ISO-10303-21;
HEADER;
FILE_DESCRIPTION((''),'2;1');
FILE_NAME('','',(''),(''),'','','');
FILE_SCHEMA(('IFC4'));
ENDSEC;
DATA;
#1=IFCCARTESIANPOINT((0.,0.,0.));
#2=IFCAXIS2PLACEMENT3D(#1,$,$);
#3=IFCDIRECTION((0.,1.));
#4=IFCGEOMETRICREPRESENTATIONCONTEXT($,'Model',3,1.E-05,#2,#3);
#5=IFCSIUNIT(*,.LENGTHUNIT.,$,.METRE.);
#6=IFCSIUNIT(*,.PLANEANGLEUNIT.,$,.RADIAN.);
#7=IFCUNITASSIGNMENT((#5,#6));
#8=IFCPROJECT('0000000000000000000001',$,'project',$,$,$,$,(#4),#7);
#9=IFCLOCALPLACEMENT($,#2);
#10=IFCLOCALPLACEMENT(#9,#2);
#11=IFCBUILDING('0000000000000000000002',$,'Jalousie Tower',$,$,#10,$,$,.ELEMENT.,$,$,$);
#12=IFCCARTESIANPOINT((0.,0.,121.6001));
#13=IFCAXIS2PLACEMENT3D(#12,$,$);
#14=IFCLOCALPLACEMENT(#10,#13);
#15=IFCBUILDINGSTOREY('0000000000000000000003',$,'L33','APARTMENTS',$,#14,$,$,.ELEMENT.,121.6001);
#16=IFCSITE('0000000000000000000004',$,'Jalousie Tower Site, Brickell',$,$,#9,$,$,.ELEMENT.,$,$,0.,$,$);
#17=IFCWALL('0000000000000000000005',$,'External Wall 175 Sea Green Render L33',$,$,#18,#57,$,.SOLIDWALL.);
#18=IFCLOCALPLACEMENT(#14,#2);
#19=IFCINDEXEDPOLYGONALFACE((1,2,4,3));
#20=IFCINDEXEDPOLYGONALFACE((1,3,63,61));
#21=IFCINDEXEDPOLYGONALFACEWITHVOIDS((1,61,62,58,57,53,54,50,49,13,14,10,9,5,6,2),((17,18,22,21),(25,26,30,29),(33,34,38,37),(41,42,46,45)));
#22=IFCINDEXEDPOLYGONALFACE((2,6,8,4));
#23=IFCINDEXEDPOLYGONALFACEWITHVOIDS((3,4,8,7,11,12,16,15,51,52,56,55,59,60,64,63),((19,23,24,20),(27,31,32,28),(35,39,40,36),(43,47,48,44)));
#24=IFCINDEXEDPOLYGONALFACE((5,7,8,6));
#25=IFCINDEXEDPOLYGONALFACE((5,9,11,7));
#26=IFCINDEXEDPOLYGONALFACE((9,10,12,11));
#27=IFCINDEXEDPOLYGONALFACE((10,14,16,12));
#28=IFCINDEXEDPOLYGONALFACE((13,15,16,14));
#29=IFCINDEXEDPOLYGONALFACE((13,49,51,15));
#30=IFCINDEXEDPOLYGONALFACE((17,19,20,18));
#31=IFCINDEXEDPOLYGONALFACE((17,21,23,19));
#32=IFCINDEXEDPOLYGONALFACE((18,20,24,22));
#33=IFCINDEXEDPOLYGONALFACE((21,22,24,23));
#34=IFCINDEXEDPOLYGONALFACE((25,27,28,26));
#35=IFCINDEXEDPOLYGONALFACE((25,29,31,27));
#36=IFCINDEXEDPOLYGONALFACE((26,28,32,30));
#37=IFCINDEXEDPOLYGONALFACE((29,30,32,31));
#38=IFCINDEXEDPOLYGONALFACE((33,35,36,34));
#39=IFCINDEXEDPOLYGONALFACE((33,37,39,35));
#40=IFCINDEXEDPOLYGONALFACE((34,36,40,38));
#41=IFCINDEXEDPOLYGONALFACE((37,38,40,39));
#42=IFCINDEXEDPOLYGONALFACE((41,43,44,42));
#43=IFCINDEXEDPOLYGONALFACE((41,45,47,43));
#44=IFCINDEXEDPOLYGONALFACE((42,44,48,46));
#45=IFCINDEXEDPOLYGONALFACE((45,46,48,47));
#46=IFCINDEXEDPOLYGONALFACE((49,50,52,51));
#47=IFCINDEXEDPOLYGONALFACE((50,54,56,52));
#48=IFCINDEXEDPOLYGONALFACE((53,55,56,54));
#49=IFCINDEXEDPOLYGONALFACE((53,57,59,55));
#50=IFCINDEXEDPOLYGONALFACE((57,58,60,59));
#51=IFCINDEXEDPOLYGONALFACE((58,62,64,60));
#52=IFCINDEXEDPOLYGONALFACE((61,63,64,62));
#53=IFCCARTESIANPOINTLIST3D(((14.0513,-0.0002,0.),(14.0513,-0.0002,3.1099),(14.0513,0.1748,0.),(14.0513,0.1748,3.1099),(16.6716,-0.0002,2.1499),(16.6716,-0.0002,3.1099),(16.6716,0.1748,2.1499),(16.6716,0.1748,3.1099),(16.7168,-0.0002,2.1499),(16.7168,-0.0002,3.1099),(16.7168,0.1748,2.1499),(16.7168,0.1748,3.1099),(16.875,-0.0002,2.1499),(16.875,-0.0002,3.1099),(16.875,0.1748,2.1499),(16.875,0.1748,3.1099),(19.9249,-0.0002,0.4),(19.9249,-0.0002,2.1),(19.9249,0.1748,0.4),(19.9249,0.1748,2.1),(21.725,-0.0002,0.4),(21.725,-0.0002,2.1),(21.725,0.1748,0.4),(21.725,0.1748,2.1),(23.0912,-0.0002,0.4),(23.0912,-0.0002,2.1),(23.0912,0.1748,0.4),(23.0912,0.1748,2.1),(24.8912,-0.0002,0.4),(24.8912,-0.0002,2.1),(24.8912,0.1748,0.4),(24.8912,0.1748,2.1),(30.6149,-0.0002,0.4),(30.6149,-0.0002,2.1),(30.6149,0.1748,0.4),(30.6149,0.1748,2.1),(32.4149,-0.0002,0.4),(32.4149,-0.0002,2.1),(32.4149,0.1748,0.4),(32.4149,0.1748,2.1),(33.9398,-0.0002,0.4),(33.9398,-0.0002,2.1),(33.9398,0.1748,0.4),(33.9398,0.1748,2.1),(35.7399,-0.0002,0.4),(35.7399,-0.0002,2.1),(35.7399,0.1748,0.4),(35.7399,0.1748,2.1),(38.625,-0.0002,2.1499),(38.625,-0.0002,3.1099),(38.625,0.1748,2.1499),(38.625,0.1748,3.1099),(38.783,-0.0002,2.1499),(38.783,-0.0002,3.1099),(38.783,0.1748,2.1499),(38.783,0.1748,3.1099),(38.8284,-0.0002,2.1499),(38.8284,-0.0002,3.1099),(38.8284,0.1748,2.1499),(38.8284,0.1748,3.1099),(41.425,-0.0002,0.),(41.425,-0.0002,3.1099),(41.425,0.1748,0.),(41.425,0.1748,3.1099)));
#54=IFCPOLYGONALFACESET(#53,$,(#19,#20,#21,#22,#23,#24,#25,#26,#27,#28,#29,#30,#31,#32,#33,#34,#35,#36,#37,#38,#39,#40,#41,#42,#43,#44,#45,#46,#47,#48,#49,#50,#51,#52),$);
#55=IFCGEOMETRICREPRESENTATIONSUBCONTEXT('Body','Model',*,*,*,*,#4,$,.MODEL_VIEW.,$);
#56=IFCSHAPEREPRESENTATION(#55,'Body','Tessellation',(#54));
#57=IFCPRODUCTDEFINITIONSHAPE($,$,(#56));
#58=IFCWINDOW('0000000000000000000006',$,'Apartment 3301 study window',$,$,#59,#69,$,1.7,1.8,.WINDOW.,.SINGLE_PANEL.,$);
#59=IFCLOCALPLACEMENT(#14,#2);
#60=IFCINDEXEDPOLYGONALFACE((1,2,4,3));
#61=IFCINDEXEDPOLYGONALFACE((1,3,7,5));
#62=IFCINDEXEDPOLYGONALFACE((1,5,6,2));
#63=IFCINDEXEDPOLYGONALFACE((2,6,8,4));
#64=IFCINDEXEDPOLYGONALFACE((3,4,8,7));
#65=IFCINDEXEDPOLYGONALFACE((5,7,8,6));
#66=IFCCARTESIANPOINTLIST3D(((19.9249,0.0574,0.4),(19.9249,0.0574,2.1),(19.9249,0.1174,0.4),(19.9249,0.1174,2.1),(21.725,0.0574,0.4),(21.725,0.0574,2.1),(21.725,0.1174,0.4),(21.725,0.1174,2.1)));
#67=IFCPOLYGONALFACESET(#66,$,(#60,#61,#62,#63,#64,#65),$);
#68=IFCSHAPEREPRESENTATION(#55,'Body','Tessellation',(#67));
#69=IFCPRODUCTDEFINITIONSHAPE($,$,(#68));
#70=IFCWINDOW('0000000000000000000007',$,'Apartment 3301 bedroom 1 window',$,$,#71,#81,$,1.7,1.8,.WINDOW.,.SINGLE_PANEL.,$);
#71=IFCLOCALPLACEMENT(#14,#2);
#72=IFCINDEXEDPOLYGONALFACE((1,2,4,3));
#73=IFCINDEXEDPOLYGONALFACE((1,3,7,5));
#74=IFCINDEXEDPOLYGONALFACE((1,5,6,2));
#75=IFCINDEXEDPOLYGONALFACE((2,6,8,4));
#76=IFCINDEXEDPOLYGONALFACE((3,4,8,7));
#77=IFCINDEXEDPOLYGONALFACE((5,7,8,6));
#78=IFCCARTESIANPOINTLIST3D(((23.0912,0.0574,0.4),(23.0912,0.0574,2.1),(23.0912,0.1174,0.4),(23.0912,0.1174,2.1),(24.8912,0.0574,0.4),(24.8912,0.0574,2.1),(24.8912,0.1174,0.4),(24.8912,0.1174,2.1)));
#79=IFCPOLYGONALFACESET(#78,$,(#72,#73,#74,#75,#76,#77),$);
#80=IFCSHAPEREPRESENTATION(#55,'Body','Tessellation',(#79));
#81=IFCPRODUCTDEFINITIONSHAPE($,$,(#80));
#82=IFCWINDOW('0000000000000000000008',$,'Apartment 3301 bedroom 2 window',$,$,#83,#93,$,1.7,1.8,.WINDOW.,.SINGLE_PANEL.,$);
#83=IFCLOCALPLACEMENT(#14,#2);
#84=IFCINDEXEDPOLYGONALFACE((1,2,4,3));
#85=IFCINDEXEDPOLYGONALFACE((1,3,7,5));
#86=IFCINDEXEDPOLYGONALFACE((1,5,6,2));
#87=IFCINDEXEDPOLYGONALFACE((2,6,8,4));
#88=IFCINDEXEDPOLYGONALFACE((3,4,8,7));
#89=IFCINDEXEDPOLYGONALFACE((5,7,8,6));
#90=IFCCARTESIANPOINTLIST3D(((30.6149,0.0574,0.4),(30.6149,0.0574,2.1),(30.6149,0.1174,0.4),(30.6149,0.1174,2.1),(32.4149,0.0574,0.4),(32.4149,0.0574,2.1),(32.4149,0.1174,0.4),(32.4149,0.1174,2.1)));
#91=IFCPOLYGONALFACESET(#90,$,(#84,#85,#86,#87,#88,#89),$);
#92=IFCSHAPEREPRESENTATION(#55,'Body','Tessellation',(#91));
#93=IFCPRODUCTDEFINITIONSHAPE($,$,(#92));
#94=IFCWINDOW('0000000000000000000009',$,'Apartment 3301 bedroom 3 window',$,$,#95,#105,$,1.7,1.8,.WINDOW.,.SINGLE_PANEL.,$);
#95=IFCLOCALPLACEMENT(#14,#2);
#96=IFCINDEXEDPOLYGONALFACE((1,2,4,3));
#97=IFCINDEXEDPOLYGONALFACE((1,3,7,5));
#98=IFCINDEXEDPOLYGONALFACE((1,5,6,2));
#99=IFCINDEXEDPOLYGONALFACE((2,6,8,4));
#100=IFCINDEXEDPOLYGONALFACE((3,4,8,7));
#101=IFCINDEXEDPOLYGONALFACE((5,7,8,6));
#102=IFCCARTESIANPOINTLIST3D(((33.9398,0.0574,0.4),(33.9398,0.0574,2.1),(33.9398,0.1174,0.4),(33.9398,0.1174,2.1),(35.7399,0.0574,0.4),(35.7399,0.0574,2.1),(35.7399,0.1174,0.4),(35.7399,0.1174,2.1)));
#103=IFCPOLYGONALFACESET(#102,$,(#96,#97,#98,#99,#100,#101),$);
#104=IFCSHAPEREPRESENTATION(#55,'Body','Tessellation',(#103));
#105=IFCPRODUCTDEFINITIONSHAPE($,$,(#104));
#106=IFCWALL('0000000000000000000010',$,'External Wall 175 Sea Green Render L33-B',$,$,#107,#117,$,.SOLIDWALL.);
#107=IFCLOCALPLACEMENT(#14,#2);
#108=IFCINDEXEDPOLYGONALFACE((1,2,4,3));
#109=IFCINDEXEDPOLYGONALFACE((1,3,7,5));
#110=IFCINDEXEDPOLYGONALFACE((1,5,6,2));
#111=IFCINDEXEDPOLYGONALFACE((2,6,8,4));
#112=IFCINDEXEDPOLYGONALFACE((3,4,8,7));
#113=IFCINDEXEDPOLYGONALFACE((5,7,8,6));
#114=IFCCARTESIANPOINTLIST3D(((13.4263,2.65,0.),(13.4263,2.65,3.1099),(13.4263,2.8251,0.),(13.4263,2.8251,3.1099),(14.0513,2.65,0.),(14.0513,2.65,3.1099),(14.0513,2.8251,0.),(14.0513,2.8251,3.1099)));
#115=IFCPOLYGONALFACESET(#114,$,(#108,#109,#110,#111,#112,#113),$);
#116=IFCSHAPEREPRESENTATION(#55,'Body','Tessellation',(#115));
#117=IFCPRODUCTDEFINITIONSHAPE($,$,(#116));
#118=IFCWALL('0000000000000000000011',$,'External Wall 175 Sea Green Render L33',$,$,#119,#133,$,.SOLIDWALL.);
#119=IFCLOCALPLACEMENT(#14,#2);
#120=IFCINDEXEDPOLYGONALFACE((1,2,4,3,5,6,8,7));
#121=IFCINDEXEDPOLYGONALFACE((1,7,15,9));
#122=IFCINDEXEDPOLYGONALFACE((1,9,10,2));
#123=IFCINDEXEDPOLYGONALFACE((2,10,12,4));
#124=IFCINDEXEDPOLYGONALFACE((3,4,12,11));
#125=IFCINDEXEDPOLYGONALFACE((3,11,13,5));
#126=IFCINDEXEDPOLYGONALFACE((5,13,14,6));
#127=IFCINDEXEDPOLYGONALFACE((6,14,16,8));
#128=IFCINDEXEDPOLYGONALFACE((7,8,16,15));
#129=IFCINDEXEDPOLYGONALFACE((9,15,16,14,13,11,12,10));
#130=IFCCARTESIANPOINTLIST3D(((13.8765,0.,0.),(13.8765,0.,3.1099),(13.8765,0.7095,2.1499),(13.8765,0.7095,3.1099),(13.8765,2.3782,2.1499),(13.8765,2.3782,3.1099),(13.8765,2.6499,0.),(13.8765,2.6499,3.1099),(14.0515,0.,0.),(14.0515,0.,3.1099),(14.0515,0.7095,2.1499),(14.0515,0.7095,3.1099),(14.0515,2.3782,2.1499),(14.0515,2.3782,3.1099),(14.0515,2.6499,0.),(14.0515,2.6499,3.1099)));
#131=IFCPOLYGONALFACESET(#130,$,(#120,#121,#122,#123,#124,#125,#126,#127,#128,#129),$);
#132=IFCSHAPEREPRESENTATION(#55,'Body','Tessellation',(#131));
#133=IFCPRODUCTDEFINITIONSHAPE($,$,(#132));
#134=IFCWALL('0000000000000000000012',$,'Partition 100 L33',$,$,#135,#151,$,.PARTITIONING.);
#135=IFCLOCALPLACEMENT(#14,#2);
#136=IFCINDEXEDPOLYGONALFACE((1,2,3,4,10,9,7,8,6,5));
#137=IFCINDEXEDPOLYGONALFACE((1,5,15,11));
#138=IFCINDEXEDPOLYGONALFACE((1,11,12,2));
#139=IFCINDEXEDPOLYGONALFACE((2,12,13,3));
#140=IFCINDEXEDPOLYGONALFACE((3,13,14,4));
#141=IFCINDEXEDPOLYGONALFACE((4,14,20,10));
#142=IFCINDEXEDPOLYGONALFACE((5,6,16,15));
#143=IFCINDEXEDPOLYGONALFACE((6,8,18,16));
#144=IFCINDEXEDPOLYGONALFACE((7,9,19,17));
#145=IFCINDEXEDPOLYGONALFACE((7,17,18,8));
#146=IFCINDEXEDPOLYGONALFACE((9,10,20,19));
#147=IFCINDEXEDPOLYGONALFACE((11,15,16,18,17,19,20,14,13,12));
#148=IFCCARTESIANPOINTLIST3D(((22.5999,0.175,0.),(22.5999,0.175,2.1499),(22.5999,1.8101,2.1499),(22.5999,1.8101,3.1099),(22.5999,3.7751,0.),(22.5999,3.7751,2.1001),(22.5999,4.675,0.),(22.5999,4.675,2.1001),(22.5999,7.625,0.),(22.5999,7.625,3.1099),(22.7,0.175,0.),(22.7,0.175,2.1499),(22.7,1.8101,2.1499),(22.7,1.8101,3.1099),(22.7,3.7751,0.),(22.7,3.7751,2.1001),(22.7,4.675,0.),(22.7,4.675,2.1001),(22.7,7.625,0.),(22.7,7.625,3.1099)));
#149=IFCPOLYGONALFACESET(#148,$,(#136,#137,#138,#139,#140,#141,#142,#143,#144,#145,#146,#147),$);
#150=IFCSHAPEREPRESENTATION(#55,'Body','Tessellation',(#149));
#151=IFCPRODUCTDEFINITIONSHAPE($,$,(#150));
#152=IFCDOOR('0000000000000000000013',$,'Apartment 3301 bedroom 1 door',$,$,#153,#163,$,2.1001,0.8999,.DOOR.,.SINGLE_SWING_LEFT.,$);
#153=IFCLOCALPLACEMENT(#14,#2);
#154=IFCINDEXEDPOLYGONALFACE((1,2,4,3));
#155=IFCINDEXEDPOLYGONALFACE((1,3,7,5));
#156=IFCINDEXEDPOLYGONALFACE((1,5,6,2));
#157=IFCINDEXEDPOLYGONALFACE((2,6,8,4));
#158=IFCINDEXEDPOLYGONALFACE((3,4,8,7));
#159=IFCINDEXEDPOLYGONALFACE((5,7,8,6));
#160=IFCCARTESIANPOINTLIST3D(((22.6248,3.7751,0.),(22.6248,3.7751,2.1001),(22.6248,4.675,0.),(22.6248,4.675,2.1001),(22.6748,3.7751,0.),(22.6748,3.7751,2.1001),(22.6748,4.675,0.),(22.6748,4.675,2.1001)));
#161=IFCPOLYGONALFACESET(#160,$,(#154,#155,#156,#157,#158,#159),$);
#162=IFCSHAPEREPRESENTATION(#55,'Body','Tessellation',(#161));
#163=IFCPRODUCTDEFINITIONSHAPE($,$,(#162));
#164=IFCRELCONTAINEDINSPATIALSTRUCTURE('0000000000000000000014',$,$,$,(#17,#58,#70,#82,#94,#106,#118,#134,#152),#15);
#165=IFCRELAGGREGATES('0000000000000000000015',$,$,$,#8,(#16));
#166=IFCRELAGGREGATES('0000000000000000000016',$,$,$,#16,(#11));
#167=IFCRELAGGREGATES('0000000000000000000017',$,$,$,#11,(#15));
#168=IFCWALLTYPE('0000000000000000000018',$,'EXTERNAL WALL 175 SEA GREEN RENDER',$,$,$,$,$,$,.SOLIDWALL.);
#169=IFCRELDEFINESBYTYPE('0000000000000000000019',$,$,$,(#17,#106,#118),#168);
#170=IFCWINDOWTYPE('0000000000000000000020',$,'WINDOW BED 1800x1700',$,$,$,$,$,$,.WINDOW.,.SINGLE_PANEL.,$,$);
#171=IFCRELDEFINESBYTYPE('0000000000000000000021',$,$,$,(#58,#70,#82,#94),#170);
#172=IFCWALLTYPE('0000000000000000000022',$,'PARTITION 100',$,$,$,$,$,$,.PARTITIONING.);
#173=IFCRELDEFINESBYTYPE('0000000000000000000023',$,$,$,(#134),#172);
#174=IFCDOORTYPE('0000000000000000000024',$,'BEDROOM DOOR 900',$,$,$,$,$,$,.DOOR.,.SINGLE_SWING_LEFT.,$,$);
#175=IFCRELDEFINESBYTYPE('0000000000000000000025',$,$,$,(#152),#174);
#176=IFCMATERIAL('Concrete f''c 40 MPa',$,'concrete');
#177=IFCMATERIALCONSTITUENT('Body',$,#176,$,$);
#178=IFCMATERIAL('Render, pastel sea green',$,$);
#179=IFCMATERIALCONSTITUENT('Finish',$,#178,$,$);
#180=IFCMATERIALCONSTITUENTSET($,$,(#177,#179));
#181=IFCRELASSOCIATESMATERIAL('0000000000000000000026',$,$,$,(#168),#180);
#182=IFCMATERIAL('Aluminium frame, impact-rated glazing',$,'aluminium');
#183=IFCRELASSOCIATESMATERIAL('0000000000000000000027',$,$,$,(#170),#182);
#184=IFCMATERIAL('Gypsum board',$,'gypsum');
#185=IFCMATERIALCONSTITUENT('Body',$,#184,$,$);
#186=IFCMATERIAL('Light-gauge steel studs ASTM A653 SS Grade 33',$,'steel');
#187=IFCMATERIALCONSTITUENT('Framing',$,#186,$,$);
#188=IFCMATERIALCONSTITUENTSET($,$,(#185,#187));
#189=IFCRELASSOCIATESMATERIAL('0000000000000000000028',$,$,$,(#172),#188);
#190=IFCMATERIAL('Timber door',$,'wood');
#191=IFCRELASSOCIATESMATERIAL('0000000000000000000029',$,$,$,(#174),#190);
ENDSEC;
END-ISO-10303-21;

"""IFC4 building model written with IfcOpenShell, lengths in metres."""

from ifc_helpers import new_model, si_unit, direction, frame, frame_2d, origin, place, context, subcontext, project, spatial, polyline, rectangle, outline, extrude, material, constituent, constituent_set, type_object, element, fill, save


model = new_model("IFC4")

# Units and contexts
model_context = context("Model", 3, precision=1e-05, world=origin(), true_north=direction((0.0, 1.0)))
body_context = subcontext(model_context, "Body", "Model", "MODEL_VIEW")
ifc_project = project(units=[si_unit("LENGTHUNIT", "METRE"), si_unit("PLANEANGLEUNIT", "RADIAN")], contexts=[model_context])

# Site, building, storey
site_placement = place(None, origin())
site = spatial("IfcSite", under=ifc_project, at=site_placement, Name="Jalousie Tower Site, Brickell", CompositionType="ELEMENT", RefElevation=0.0)
building_placement = place(site_placement, origin())
building = spatial("IfcBuilding", under=site, at=building_placement, Name="Jalousie Tower", CompositionType="ELEMENT")
storey_placement = place(building_placement, frame((0.0, 0.0, 121.6001)))
storey = spatial("IfcBuildingStorey", under=building, at=storey_placement, Name="L33", Description="APARTMENTS", CompositionType="ELEMENT", Elevation=121.6001)

# Wall, openings, windows
ifc_material_1 = material(Name="Concrete f'c 40 MPa", Category="concrete")
ifc_constituent_1 = constituent(ifc_material_1, Name="Body")
ifc_material_2 = material(Name="Render, pastel sea green")
ifc_constituent_2 = constituent(ifc_material_2, Name="Finish")
ifc_constituent_set_1 = constituent_set(constituents=[ifc_constituent_1, ifc_constituent_2])
wall_type_1 = type_object("IfcWallType", Name="EXTERNAL WALL 175 SEA GREEN RENDER", PredefinedType="SOLIDWALL", material=ifc_constituent_set_1)
wall_1_placement = place(storey_placement, frame((14.0513, 0.0874, 0.0), z_axis=(0.0, 0.0, 1.0), x_axis=(1.0, 0.0, 0.0)))
wall_1 = element("IfcWall", 1, at=wall_1_placement, inside=storey, type_object=wall_type_1, Name="External Wall 175 Sea Green Render L33", PredefinedType="SOLIDWALL", context=body_context, shape_type="SweptSolid", body=[
    extrude(outline(polyline([(0.0, 0.0), (27.3738, 0.0), (27.3738, 3.1099), (24.7771, 3.1099), (24.7771, 2.1499), (24.7317, 2.1499), (24.7317, 3.1099), (24.5737, 3.1099), (24.5737, 2.1499), (2.8237, 2.1499), (2.8237, 3.1099), (2.6655, 3.1099), (2.6655, 2.1499), (2.6204, 2.1499), (2.6204, 3.1099), (0.0, 3.1099), (0.0, 0.0)])), frame((0.0, 0.0874, 0.0), z_axis=(0.0, -1.0, 0.0), x_axis=(1.0, 0.0, 0.0)), (0.0, 0.0, 1.0), 0.175),
])
opening_1_placement = place(wall_1_placement, frame((5.8738, 0.0, 0.3999)))
opening_1 = element("IfcOpeningElement", 2, at=opening_1_placement, cuts=wall_1, PredefinedType="OPENING", context=body_context, shape_type="SweptSolid", body=[
    extrude(rectangle(XDim=1.8, YDim=1.7, at=frame_2d((0.8999, 0.8501))), frame((0.0, 0.0974, 0.0), z_axis=(0.0, -1.0, 0.0), x_axis=(1.0, 0.0, 0.0)), (0.0, 0.0, 1.0), 0.1951),
])
opening_2_placement = place(wall_1_placement, frame((9.04, 0.0, 0.3999)))
opening_2 = element("IfcOpeningElement", 3, at=opening_2_placement, cuts=wall_1, PredefinedType="OPENING", context=body_context, shape_type="SweptSolid", body=[
    extrude(rectangle(XDim=1.8, YDim=1.7, at=frame_2d((0.8999, 0.8501))), frame((0.0, 0.0974, 0.0), z_axis=(0.0, -1.0, 0.0), x_axis=(1.0, 0.0, 0.0)), (0.0, 0.0, 1.0), 0.1951),
])
opening_3_placement = place(wall_1_placement, frame((16.5637, 0.0, 0.3999)))
opening_3 = element("IfcOpeningElement", 4, at=opening_3_placement, cuts=wall_1, PredefinedType="OPENING", context=body_context, shape_type="SweptSolid", body=[
    extrude(rectangle(XDim=1.8, YDim=1.7, at=frame_2d((0.8999, 0.8501))), frame((0.0, 0.0974, 0.0), z_axis=(0.0, -1.0, 0.0), x_axis=(1.0, 0.0, 0.0)), (0.0, 0.0, 1.0), 0.1951),
])
opening_4_placement = place(wall_1_placement, frame((19.8887, 0.0, 0.3999)))
opening_4 = element("IfcOpeningElement", 5, at=opening_4_placement, cuts=wall_1, PredefinedType="OPENING", context=body_context, shape_type="SweptSolid", body=[
    extrude(rectangle(XDim=1.8, YDim=1.7, at=frame_2d((0.8999, 0.8501))), frame((0.0, 0.0974, 0.0), z_axis=(0.0, -1.0, 0.0), x_axis=(1.0, 0.0, 0.0)), (0.0, 0.0, 1.0), 0.1951),
])
ifc_material_3 = material(Name="Aluminium frame, impact-rated glazing", Category="aluminium")
window_type = type_object("IfcWindowType", Name="WINDOW BED 1800x1700", PartitioningType="SINGLE_PANEL", PredefinedType="WINDOW", material=ifc_material_3)
window_1_placement = place(opening_1_placement, origin())
window_1 = element("IfcWindow", 6, at=window_1_placement, inside=storey, type_object=window_type, Name="Apartment 3301 study window", OverallHeight=1.7, OverallWidth=1.8, PartitioningType="SINGLE_PANEL", PredefinedType="WINDOW", context=body_context, shape_type="SweptSolid", body=[
    extrude(rectangle(XDim=1.8, YDim=1.7, at=frame_2d((0.8999, 0.8501))), frame((0.0, 0.03, 0.0), z_axis=(0.0, -1.0, 0.0), x_axis=(1.0, 0.0, 0.0)), (0.0, 0.0, 1.0), 0.0601),
])
fill(opening_1, window_1)
window_2_placement = place(opening_2_placement, origin())
window_2 = element("IfcWindow", 7, at=window_2_placement, inside=storey, type_object=window_type, Name="Apartment 3301 bedroom 1 window", OverallHeight=1.7, OverallWidth=1.8, PartitioningType="SINGLE_PANEL", PredefinedType="WINDOW", context=body_context, shape_type="SweptSolid", body=[
    extrude(rectangle(XDim=1.8, YDim=1.7, at=frame_2d((0.8999, 0.8501))), frame((0.0, 0.03, 0.0), z_axis=(0.0, -1.0, 0.0), x_axis=(1.0, 0.0, 0.0)), (0.0, 0.0, 1.0), 0.0601),
])
fill(opening_2, window_2)
window_3_placement = place(opening_3_placement, origin())
window_3 = element("IfcWindow", 8, at=window_3_placement, inside=storey, type_object=window_type, Name="Apartment 3301 bedroom 2 window", OverallHeight=1.7, OverallWidth=1.8, PartitioningType="SINGLE_PANEL", PredefinedType="WINDOW", context=body_context, shape_type="SweptSolid", body=[
    extrude(rectangle(XDim=1.8, YDim=1.7, at=frame_2d((0.8999, 0.8501))), frame((0.0, 0.03, 0.0), z_axis=(0.0, -1.0, 0.0), x_axis=(1.0, 0.0, 0.0)), (0.0, 0.0, 1.0), 0.0601),
])
fill(opening_3, window_3)
window_4_placement = place(opening_4_placement, origin())
window_4 = element("IfcWindow", 9, at=window_4_placement, inside=storey, type_object=window_type, Name="Apartment 3301 bedroom 3 window", OverallHeight=1.7, OverallWidth=1.8, PartitioningType="SINGLE_PANEL", PredefinedType="WINDOW", context=body_context, shape_type="SweptSolid", body=[
    extrude(rectangle(XDim=1.8, YDim=1.7, at=frame_2d((0.8999, 0.8501))), frame((0.0, 0.03, 0.0), z_axis=(0.0, -1.0, 0.0), x_axis=(1.0, 0.0, 0.0)), (0.0, 0.0, 1.0), 0.0601),
])
fill(opening_4, window_4)

# Walls
wall_2_placement = place(storey_placement, frame((13.4263, 2.7375, 0.0), z_axis=(0.0, 0.0, 1.0), x_axis=(1.0, 0.0, 0.0)))
element("IfcWall", 10, at=wall_2_placement, inside=storey, type_object=wall_type_1, Name="External Wall 175 Sea Green Render L33-B", PredefinedType="SOLIDWALL", context=body_context, shape_type="SweptSolid", body=[
    extrude(rectangle(XDim=0.625, YDim=0.175, at=frame_2d((0.3125, 0.0))), origin(), (0.0, 0.0, 1.0), 3.1099),
])
wall_3_placement = place(storey_placement, frame((13.9639, 0.0, 0.0), z_axis=(0.0, 0.0, 1.0), x_axis=(0.0, 1.0, 0.0)))
element("IfcWall", 11, at=wall_3_placement, inside=storey, type_object=wall_type_1, Name="External Wall 175 Sea Green Render L33", PredefinedType="SOLIDWALL", context=body_context, shape_type="SweptSolid", body=[
    extrude(outline(polyline([(0.0, 0.0), (2.6499, 0.0), (2.6499, 3.1099), (2.3782, 3.1099), (2.3782, 2.1499), (0.7095, 2.1499), (0.7095, 3.1099), (0.0, 3.1099), (0.0, 0.0)])), frame((0.0, 0.0874, 0.0), z_axis=(0.0, -1.0, 0.0), x_axis=(1.0, 0.0, 0.0)), (0.0, 0.0, 1.0), 0.175),
])

# Wall, opening, door
ifc_material_4 = material(Name="Gypsum board", Category="gypsum")
ifc_constituent_3 = constituent(ifc_material_4, Name="Body")
ifc_material_5 = material(Name="Light-gauge steel studs ASTM A653 SS Grade 33", Category="steel")
ifc_constituent_4 = constituent(ifc_material_5, Name="Framing")
ifc_constituent_set_2 = constituent_set(constituents=[ifc_constituent_3, ifc_constituent_4])
wall_type_2 = type_object("IfcWallType", Name="PARTITION 100", PredefinedType="PARTITIONING", material=ifc_constituent_set_2)
wall_4_placement = place(storey_placement, frame((22.6499, 0.175, 0.0), z_axis=(0.0, 0.0, 1.0), x_axis=(0.0, 1.0, 0.0)))
wall_4 = element("IfcWall", 12, at=wall_4_placement, inside=storey, type_object=wall_type_2, Name="Partition 100 L33", PredefinedType="PARTITIONING", context=body_context, shape_type="SweptSolid", body=[
    extrude(outline(polyline([(0.0, 0.0), (7.45, 0.0), (7.45, 3.1099), (1.635, 3.1099), (1.635, 2.1499), (0.0, 2.1499), (0.0, 3.1099), (0.0, 0.0)])), frame((0.0, 0.05, 0.0), z_axis=(0.0, -1.0, 0.0), x_axis=(1.0, 0.0, 0.0)), (0.0, 0.0, 1.0), 0.1001),
])
opening_5_placement = place(wall_4_placement, frame((3.6001, 0.0, 0.0)))
opening_5 = element("IfcOpeningElement", 13, at=opening_5_placement, cuts=wall_4, PredefinedType="OPENING", context=body_context, shape_type="SweptSolid", body=[
    extrude(rectangle(XDim=0.8999, YDim=2.1001, at=frame_2d((0.45, 1.05))), frame((0.0, 0.0601, 0.0), z_axis=(0.0, -1.0, 0.0), x_axis=(1.0, 0.0, 0.0)), (0.0, 0.0, 1.0), 0.1201),
])
ifc_material_6 = material(Name="Timber door", Category="wood")
door_type = type_object("IfcDoorType", Name="BEDROOM DOOR 900", OperationType="SINGLE_SWING_LEFT", PredefinedType="DOOR", material=ifc_material_6)
door_1_placement = place(opening_5_placement, frame((0.8999, 0.0, 0.0), z_axis=(0.0, 0.0, 1.0), x_axis=(-1.0, 0.0, 0.0)))
door_1 = element("IfcDoor", 14, at=door_1_placement, inside=storey, type_object=door_type, Name="Apartment 3301 bedroom 1 door", OperationType="SINGLE_SWING_LEFT", OverallHeight=2.1001, OverallWidth=0.8999, PredefinedType="DOOR", context=body_context, shape_type="SweptSolid", body=[
    extrude(rectangle(XDim=0.8999, YDim=2.1001, at=frame_2d((0.45, 1.05))), frame((0.0, 0.0249, 0.0), z_axis=(0.0, -1.0, 0.0), x_axis=(1.0, 0.0, 0.0)), (0.0, 0.0, 1.0), 0.05),
])
fill(opening_5, door_1)

save(model, "model.ifc")
